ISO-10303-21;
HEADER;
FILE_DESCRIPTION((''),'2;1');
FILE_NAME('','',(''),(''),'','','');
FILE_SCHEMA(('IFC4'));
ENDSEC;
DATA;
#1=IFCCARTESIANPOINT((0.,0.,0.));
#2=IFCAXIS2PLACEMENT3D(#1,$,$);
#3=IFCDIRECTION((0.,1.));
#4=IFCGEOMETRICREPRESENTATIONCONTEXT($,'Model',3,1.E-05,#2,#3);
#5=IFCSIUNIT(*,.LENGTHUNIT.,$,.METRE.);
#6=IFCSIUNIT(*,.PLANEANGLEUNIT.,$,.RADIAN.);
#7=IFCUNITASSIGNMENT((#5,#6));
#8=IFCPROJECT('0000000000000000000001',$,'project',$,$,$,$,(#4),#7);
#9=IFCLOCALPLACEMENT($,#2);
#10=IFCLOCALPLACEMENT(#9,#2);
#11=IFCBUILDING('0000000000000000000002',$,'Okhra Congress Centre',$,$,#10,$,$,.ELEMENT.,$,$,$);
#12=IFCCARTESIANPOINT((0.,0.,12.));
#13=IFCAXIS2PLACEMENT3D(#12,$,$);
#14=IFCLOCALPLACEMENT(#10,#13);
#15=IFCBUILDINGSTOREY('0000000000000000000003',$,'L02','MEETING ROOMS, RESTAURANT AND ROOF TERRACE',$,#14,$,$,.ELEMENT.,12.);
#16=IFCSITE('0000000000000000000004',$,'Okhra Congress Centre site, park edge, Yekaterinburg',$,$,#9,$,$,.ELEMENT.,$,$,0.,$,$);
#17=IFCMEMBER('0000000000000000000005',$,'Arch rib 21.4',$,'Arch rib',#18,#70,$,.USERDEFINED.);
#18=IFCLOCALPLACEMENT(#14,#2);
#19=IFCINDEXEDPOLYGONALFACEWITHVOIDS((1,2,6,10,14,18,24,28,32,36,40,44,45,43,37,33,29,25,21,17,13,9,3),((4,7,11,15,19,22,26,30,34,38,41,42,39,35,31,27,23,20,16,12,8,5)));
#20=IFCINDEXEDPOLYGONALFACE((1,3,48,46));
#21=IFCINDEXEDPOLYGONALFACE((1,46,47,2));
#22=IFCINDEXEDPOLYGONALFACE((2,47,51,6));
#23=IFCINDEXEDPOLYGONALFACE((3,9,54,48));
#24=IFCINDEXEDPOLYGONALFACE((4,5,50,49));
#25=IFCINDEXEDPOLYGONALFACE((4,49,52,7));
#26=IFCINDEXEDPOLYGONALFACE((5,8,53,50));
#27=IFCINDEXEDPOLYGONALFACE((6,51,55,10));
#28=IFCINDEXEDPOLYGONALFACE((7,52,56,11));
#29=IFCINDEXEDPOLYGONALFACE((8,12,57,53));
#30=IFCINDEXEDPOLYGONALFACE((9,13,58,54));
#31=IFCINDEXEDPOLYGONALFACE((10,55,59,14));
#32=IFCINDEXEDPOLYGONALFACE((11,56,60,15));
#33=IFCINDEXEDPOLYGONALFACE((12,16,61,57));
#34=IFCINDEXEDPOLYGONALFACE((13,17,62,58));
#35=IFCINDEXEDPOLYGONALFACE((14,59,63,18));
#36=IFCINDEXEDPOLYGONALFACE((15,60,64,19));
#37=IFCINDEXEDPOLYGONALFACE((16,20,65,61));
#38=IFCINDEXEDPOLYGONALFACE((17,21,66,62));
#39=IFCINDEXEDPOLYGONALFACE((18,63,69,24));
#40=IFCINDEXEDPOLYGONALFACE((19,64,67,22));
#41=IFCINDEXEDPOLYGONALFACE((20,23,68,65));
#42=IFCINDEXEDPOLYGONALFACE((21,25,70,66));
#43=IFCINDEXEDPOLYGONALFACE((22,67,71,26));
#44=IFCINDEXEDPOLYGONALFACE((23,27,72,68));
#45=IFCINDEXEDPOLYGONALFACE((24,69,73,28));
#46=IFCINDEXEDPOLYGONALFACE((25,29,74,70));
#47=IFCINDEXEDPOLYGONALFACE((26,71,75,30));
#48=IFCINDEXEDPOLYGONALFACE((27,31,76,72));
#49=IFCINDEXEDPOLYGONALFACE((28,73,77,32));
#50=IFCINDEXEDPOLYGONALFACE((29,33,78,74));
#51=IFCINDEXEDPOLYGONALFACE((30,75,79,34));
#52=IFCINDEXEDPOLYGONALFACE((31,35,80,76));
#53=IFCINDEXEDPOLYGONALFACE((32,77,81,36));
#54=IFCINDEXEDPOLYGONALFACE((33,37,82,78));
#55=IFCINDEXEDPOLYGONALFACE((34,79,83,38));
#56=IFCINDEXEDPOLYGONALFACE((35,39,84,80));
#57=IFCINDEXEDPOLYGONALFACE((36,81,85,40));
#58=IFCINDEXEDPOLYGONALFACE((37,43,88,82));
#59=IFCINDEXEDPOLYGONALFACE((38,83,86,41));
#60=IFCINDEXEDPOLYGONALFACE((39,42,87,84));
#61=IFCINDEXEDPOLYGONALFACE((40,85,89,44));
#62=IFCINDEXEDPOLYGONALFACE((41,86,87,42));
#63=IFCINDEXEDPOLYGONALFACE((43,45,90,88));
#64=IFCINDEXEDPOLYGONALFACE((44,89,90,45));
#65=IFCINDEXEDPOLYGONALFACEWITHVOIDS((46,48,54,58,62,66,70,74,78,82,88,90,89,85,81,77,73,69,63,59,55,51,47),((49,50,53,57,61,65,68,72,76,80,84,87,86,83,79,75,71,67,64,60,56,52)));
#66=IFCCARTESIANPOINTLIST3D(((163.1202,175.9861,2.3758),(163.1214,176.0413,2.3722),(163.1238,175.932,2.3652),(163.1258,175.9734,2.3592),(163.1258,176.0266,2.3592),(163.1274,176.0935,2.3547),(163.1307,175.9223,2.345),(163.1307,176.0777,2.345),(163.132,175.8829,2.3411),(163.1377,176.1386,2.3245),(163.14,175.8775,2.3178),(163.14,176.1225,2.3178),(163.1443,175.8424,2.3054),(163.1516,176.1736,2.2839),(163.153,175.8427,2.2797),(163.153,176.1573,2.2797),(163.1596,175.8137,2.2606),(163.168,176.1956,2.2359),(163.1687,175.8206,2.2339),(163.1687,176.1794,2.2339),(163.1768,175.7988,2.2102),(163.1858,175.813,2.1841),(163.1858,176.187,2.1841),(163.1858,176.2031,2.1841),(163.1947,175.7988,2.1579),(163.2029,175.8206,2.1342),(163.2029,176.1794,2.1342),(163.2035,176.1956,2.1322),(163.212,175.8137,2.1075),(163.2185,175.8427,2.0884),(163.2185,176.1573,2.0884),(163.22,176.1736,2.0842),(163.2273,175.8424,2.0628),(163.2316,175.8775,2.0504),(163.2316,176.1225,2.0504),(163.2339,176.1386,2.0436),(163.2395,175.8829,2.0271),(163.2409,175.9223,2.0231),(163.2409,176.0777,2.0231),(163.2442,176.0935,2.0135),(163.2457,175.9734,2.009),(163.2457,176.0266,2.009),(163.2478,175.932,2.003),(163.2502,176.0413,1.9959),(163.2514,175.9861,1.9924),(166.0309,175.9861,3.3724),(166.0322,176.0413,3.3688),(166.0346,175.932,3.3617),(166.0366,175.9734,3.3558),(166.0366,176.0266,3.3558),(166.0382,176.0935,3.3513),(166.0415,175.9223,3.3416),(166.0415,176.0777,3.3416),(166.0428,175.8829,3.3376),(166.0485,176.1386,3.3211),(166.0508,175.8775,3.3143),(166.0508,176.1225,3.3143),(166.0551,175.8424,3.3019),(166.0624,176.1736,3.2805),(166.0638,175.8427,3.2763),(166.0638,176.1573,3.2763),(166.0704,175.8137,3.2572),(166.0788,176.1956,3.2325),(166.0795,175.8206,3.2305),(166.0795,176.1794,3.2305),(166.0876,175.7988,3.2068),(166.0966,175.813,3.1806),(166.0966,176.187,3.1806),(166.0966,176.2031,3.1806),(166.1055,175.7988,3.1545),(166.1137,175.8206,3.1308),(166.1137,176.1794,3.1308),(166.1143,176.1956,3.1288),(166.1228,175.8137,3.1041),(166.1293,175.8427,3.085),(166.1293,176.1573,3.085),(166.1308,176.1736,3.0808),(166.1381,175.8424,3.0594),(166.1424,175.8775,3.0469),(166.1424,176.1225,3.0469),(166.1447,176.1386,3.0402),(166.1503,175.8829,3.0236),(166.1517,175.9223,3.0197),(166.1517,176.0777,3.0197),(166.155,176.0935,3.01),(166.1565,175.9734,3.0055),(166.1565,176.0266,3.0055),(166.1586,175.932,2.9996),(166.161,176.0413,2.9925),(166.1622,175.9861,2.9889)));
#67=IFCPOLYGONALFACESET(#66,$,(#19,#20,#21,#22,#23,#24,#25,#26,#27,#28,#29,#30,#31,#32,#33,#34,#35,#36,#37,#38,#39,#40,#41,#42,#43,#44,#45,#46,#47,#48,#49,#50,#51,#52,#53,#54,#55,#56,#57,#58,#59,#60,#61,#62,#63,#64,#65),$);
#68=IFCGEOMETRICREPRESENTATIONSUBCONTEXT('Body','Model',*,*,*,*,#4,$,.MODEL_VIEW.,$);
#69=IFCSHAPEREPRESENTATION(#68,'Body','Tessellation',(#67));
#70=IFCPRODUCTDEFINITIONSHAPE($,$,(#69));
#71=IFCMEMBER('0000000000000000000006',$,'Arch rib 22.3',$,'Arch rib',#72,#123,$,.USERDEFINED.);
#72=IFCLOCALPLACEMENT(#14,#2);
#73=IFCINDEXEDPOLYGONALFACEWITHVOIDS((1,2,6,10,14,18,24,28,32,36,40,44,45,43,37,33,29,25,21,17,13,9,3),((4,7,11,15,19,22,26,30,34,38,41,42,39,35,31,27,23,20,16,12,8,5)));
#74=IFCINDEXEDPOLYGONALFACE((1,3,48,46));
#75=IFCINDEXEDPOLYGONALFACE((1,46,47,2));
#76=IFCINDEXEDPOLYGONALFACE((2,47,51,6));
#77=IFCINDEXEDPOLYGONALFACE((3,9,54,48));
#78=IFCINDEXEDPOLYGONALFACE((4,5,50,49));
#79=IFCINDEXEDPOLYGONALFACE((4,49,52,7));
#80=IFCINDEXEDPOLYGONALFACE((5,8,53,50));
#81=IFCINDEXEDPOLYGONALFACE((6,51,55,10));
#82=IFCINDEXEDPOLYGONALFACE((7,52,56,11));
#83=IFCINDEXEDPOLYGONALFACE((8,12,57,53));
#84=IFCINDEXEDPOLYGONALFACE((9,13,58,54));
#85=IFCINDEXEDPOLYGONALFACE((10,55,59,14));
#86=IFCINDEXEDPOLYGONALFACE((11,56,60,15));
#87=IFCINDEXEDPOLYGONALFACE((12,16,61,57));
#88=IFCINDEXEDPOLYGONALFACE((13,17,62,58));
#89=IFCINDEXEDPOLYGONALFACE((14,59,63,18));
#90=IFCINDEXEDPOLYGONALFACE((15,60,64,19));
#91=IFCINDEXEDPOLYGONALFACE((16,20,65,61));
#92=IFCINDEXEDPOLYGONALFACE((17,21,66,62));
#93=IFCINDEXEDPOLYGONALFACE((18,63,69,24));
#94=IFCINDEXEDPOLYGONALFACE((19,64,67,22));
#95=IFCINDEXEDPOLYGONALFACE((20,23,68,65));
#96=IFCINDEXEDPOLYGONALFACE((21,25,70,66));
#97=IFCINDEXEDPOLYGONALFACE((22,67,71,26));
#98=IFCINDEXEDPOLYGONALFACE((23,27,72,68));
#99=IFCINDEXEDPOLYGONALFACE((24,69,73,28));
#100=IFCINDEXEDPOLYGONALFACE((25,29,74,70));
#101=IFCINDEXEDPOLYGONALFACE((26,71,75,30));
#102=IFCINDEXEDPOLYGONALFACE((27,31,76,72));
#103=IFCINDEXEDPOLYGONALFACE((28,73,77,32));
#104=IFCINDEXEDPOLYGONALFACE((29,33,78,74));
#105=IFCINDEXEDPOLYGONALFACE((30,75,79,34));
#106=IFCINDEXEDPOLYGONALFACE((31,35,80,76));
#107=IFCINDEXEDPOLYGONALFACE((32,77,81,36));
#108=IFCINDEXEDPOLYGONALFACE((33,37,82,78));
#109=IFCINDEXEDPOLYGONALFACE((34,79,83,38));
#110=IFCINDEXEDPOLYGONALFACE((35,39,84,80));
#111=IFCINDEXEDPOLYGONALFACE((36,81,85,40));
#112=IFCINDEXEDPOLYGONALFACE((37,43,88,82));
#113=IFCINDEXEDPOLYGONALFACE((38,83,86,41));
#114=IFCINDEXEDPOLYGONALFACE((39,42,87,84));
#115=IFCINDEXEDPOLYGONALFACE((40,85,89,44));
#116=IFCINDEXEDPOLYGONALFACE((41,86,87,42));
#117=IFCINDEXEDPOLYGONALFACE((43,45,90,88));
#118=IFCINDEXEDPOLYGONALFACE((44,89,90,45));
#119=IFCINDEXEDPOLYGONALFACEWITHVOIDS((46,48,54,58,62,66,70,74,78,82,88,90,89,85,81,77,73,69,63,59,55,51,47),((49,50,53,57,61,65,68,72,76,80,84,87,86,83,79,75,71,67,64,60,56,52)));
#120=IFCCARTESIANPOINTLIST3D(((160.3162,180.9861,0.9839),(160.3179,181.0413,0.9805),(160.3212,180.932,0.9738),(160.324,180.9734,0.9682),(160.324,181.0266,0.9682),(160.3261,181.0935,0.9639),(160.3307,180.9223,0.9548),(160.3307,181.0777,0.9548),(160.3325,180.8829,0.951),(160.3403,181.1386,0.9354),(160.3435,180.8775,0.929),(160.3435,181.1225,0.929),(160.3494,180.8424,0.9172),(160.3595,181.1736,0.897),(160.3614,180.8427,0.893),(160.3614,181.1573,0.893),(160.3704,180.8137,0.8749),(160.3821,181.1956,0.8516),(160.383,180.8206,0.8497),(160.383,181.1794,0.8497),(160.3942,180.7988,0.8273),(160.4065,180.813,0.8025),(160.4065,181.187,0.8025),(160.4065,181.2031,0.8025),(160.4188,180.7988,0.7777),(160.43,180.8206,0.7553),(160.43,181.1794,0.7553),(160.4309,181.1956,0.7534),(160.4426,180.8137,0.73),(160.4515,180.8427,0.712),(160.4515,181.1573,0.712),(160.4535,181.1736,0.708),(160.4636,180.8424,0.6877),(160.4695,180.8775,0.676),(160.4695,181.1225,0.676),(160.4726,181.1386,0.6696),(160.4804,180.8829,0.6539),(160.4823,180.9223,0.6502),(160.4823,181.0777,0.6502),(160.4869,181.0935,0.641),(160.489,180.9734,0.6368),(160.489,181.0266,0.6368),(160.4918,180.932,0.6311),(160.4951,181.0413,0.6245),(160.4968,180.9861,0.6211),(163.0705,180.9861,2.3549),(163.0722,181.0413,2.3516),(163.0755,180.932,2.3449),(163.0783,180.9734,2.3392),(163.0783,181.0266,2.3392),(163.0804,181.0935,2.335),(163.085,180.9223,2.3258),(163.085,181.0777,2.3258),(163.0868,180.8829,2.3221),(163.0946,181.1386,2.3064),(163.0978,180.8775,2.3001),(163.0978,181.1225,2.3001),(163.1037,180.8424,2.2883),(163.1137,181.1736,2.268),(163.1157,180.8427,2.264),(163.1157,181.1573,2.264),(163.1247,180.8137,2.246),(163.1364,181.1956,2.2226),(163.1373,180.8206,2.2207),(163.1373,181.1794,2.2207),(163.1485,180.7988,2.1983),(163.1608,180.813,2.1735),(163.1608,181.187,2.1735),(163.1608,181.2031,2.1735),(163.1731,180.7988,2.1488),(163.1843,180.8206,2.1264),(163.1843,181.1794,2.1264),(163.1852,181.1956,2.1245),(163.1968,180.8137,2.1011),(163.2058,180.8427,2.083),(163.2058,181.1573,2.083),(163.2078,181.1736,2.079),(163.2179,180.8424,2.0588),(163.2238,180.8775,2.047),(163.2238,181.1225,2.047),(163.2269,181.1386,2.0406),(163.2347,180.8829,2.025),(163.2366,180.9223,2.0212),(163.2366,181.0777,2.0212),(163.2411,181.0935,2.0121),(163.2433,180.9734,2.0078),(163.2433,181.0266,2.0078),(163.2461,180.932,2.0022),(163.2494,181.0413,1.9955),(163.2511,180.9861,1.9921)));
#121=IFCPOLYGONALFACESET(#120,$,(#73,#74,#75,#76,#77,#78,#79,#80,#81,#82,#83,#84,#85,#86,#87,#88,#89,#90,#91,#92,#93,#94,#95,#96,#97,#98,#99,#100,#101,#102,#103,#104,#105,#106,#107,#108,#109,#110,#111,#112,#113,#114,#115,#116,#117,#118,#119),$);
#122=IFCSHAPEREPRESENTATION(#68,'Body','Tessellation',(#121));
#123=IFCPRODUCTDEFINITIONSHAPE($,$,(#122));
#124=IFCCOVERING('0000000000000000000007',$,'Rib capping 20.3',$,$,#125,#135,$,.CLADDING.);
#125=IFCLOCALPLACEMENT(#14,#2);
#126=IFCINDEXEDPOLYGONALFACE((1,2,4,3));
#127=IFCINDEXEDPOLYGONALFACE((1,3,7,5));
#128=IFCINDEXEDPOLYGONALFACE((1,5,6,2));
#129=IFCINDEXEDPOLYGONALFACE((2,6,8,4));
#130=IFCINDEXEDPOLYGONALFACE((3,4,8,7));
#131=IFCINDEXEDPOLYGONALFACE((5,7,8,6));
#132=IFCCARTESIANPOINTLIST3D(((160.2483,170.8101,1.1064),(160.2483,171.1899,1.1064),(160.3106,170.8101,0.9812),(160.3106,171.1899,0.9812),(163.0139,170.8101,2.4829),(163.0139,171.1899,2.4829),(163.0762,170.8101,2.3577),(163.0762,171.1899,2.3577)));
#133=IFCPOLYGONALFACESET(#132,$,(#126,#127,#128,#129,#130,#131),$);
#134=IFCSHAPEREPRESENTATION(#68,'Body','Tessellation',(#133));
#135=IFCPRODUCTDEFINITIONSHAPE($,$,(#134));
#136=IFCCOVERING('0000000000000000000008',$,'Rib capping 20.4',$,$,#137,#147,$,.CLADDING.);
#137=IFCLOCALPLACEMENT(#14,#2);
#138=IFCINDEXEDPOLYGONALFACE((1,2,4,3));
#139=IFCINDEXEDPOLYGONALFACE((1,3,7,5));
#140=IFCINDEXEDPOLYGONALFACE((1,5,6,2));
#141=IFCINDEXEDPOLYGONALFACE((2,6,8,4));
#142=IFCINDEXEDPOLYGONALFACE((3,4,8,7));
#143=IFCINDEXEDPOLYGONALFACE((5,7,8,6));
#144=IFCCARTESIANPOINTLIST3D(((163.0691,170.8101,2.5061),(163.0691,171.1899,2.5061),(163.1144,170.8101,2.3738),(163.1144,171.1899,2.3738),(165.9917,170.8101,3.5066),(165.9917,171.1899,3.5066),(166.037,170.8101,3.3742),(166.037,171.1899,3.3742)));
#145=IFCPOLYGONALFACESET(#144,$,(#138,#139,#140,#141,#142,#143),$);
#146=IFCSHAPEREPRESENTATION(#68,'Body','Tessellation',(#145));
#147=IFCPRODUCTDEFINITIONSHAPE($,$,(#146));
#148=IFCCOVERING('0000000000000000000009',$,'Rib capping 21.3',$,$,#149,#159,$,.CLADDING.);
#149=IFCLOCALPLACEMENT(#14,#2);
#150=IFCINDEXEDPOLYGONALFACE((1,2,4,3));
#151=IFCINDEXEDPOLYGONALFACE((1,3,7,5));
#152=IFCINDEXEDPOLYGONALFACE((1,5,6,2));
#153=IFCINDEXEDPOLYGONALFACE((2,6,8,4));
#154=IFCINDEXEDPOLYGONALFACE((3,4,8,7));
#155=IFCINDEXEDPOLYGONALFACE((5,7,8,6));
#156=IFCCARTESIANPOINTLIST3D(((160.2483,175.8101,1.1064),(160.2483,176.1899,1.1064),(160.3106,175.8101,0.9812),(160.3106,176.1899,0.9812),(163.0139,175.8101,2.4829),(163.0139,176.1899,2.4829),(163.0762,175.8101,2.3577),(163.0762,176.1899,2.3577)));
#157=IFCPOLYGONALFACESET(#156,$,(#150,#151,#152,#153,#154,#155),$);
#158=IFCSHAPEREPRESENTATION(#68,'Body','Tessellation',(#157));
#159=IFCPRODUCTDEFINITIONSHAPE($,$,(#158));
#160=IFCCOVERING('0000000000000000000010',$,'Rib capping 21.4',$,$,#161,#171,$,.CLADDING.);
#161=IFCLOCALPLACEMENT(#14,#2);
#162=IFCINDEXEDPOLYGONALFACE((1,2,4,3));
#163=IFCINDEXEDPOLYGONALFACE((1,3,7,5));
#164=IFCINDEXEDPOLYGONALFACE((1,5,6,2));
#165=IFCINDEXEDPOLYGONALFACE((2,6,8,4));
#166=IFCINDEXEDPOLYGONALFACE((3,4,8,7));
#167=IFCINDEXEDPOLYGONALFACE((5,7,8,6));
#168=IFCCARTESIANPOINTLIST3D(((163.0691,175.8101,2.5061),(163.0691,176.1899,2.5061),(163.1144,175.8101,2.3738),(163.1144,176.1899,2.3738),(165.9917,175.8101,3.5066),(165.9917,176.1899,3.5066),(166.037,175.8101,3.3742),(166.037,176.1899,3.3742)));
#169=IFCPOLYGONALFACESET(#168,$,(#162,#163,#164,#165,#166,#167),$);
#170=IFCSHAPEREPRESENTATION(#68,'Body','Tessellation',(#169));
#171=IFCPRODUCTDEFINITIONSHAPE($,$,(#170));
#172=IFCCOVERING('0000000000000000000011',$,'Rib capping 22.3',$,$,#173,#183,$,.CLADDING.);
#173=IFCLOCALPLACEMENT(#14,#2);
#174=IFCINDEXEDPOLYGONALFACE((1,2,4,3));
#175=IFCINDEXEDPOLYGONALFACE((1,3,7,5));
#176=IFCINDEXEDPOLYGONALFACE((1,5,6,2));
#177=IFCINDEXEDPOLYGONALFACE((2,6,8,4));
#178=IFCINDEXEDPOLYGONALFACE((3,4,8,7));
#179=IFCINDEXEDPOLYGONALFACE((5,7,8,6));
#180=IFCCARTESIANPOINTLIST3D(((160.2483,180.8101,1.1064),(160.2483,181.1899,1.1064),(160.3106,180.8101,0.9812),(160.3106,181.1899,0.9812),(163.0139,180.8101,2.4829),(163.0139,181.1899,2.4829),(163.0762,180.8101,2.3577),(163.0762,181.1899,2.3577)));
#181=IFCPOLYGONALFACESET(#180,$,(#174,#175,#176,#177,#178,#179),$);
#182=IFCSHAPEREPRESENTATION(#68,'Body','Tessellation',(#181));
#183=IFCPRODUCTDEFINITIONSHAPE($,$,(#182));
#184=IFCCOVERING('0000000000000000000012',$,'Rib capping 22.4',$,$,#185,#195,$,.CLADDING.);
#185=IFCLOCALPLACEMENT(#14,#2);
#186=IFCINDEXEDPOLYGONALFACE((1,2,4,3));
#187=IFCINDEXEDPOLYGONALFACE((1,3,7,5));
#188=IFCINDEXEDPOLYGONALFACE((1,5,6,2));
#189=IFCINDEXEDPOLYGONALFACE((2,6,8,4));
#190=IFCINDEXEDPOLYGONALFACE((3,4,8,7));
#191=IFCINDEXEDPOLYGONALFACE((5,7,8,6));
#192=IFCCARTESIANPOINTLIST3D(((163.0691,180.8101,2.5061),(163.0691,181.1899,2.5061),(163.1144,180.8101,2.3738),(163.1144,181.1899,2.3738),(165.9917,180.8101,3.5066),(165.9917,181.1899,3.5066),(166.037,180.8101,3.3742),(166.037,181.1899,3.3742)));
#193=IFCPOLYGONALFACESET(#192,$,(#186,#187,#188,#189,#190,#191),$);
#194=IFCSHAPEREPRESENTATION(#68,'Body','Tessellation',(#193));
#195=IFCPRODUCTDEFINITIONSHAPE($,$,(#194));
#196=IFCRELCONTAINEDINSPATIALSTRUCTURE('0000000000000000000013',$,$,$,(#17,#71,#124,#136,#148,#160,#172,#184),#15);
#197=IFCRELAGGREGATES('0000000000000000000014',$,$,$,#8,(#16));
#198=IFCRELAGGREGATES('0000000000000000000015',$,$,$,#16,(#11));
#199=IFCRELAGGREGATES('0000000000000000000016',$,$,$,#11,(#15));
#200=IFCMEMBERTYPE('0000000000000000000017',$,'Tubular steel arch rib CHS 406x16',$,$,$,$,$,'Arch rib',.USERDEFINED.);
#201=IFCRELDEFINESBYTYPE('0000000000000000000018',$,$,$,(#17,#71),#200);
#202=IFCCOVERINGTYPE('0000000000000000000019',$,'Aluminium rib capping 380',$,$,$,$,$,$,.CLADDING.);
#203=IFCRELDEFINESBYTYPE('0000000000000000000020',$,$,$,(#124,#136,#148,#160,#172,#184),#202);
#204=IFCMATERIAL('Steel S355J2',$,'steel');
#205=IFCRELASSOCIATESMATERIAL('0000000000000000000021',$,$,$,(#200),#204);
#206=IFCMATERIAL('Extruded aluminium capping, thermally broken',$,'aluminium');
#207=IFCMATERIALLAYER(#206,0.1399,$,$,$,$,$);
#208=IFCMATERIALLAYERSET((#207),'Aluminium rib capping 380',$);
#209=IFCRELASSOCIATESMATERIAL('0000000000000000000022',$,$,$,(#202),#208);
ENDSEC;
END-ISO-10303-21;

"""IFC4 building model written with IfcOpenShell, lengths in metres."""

from ifc_helpers import new_model, si_unit, direction, frame, origin, origin_2d, place, context, subcontext, project, spatial, polyline, hollow_circle, outline, extrude, material, layer, layer_set, material_profile, profile_set, type_object, element, save


model = new_model("IFC4")

# Units and contexts
model_context = context("Model", 3, precision=1e-05, world=origin(), true_north=direction((0.0, 1.0)))
body_context = subcontext(model_context, "Body", "Model", "MODEL_VIEW")
ifc_project = project(units=[si_unit("LENGTHUNIT", "METRE"), si_unit("PLANEANGLEUNIT", "RADIAN")], contexts=[model_context])

# Site, building, storey
site_placement = place(None, origin())
site = spatial("IfcSite", under=ifc_project, at=site_placement, Name="Okhra Congress Centre site, park edge, Yekaterinburg", CompositionType="ELEMENT", RefElevation=0.0)
building_placement = place(site_placement, origin())
building = spatial("IfcBuilding", under=site, at=building_placement, Name="Okhra Congress Centre", CompositionType="ELEMENT")
storey_placement = place(building_placement, frame((0.0, 0.0, 12.0)))
storey = spatial("IfcBuildingStorey", under=building, at=storey_placement, Name="L02", Description="MEETING ROOMS, RESTAURANT AND ROOF TERRACE", CompositionType="ELEMENT", Elevation=12.0)

# Members
ifc_material_1 = material(Name="Steel S355J2", Category="steel")
ifc_material_profile_1 = material_profile(ifc_material_1, hollow_circle(Radius=0.2031, WallThickness=0.0161, at=origin_2d()), Name="CHS 406.4x16")
ifc_profile_set_1 = profile_set([ifc_material_profile_1], Name="Steel S355J2")
member_type_1 = type_object("IfcMemberType", Name="Tubular steel arch rib CHS 406x16", ElementType="Arch rib", PredefinedType="USERDEFINED", material=ifc_profile_set_1)
for number, where, z_axis, x_axis, name in (
    (1, (163.1858, 176.0, 2.1841), (0.946089, 0.0, 0.323906), (0.0, 1.0, 0.0), "Arch rib 21.4"),
    (2, (160.4065, 181.0, 0.8025), (0.895219, 0.0, 0.445626), (0.0, 1.0, 0.0), "Arch rib 22.3"),
):
    element("IfcMember", number, at=place(storey_placement, frame(where, z_axis=z_axis, x_axis=x_axis)), inside=storey, type_object=member_type_1, Name=name, ObjectType="Arch rib", PredefinedType="USERDEFINED", context=body_context, shape_type="SweptSolid", body=[
        extrude(hollow_circle(Radius=0.2031, WallThickness=0.0161, at=origin_2d()), origin(), (0.0, 0.0, 1.0), 3.0767),
    ])

# Coverings
ifc_material_2 = material(Name="Extruded aluminium capping, thermally broken", Category="aluminium")
ifc_layer_1 = layer(ifc_material_2, 0.1399)
ifc_layer_set_1 = layer_set([ifc_layer_1], Name="Aluminium rib capping 380")
covering_type = type_object("IfcCoveringType", Name="Aluminium rib capping 380", PredefinedType="CLADDING", material=ifc_layer_set_1)
covering_1_placement = place(storey_placement, frame((160.2483, 170.8101, 1.1064), z_axis=(-0.445569, 0.0, 0.895248), x_axis=(0.895248, 0.0, 0.445569)))
element("IfcCovering", 3, at=covering_1_placement, inside=storey, type_object=covering_type, Name="Rib capping 20.3", PredefinedType="CLADDING", context=body_context, shape_type="SweptSolid", body=[
    extrude(outline(polyline([(0.0, 0.0), (3.0892, 0.0), (3.0892, 0.3799), (0.0, 0.3799), (0.0, 0.0)])), origin(), (0.0, 0.0, -1.0), 0.1399),
])
covering_2_placement = place(storey_placement, frame((163.0691, 170.8101, 2.5061), z_axis=(-0.323876, 0.0, 0.9461), x_axis=(0.9461, 0.0, 0.323876)))
element("IfcCovering", 4, at=covering_2_placement, inside=storey, type_object=covering_type, Name="Rib capping 20.4", PredefinedType="CLADDING", context=body_context, shape_type="SweptSolid", body=[
    extrude(outline(polyline([(0.0, 0.0), (3.0891, 0.0), (3.0891, 0.3799), (0.0, 0.3799), (0.0, 0.0)])), origin(), (0.0, 0.0, -1.0), 0.1399),
])
covering_3_placement = place(storey_placement, frame((160.2483, 175.8101, 1.1064), z_axis=(-0.445569, 0.0, 0.895248), x_axis=(0.895248, 0.0, 0.445569)))
element("IfcCovering", 5, at=covering_3_placement, inside=storey, type_object=covering_type, Name="Rib capping 21.3", PredefinedType="CLADDING", context=body_context, shape_type="SweptSolid", body=[
    extrude(outline(polyline([(0.0, 0.0), (3.0892, 0.0), (3.0892, 0.3799), (0.0, 0.3799), (0.0, 0.0)])), origin(), (0.0, 0.0, -1.0), 0.1399),
])
covering_4_placement = place(storey_placement, frame((163.0691, 175.8101, 2.5061), z_axis=(-0.323876, 0.0, 0.9461), x_axis=(0.9461, 0.0, 0.323876)))
element("IfcCovering", 6, at=covering_4_placement, inside=storey, type_object=covering_type, Name="Rib capping 21.4", PredefinedType="CLADDING", context=body_context, shape_type="SweptSolid", body=[
    extrude(outline(polyline([(0.0, 0.0), (3.0891, 0.0), (3.0891, 0.3799), (0.0, 0.3799), (0.0, 0.0)])), origin(), (0.0, 0.0, -1.0), 0.1399),
])
covering_5_placement = place(storey_placement, frame((160.2483, 180.8101, 1.1064), z_axis=(-0.445569, 0.0, 0.895248), x_axis=(0.895248, 0.0, 0.445569)))
element("IfcCovering", 7, at=covering_5_placement, inside=storey, type_object=covering_type, Name="Rib capping 22.3", PredefinedType="CLADDING", context=body_context, shape_type="SweptSolid", body=[
    extrude(outline(polyline([(0.0, 0.0), (3.0892, 0.0), (3.0892, 0.3799), (0.0, 0.3799), (0.0, 0.0)])), origin(), (0.0, 0.0, -1.0), 0.1399),
])
covering_6_placement = place(storey_placement, frame((163.0691, 180.8101, 2.5061), z_axis=(-0.323876, 0.0, 0.9461), x_axis=(0.9461, 0.0, 0.323876)))
element("IfcCovering", 8, at=covering_6_placement, inside=storey, type_object=covering_type, Name="Rib capping 22.4", PredefinedType="CLADDING", context=body_context, shape_type="SweptSolid", body=[
    extrude(outline(polyline([(0.0, 0.0), (3.0891, 0.0), (3.0891, 0.3799), (0.0, 0.3799), (0.0, 0.0)])), origin(), (0.0, 0.0, -1.0), 0.1399),
])

save(model, "model.ifc")
